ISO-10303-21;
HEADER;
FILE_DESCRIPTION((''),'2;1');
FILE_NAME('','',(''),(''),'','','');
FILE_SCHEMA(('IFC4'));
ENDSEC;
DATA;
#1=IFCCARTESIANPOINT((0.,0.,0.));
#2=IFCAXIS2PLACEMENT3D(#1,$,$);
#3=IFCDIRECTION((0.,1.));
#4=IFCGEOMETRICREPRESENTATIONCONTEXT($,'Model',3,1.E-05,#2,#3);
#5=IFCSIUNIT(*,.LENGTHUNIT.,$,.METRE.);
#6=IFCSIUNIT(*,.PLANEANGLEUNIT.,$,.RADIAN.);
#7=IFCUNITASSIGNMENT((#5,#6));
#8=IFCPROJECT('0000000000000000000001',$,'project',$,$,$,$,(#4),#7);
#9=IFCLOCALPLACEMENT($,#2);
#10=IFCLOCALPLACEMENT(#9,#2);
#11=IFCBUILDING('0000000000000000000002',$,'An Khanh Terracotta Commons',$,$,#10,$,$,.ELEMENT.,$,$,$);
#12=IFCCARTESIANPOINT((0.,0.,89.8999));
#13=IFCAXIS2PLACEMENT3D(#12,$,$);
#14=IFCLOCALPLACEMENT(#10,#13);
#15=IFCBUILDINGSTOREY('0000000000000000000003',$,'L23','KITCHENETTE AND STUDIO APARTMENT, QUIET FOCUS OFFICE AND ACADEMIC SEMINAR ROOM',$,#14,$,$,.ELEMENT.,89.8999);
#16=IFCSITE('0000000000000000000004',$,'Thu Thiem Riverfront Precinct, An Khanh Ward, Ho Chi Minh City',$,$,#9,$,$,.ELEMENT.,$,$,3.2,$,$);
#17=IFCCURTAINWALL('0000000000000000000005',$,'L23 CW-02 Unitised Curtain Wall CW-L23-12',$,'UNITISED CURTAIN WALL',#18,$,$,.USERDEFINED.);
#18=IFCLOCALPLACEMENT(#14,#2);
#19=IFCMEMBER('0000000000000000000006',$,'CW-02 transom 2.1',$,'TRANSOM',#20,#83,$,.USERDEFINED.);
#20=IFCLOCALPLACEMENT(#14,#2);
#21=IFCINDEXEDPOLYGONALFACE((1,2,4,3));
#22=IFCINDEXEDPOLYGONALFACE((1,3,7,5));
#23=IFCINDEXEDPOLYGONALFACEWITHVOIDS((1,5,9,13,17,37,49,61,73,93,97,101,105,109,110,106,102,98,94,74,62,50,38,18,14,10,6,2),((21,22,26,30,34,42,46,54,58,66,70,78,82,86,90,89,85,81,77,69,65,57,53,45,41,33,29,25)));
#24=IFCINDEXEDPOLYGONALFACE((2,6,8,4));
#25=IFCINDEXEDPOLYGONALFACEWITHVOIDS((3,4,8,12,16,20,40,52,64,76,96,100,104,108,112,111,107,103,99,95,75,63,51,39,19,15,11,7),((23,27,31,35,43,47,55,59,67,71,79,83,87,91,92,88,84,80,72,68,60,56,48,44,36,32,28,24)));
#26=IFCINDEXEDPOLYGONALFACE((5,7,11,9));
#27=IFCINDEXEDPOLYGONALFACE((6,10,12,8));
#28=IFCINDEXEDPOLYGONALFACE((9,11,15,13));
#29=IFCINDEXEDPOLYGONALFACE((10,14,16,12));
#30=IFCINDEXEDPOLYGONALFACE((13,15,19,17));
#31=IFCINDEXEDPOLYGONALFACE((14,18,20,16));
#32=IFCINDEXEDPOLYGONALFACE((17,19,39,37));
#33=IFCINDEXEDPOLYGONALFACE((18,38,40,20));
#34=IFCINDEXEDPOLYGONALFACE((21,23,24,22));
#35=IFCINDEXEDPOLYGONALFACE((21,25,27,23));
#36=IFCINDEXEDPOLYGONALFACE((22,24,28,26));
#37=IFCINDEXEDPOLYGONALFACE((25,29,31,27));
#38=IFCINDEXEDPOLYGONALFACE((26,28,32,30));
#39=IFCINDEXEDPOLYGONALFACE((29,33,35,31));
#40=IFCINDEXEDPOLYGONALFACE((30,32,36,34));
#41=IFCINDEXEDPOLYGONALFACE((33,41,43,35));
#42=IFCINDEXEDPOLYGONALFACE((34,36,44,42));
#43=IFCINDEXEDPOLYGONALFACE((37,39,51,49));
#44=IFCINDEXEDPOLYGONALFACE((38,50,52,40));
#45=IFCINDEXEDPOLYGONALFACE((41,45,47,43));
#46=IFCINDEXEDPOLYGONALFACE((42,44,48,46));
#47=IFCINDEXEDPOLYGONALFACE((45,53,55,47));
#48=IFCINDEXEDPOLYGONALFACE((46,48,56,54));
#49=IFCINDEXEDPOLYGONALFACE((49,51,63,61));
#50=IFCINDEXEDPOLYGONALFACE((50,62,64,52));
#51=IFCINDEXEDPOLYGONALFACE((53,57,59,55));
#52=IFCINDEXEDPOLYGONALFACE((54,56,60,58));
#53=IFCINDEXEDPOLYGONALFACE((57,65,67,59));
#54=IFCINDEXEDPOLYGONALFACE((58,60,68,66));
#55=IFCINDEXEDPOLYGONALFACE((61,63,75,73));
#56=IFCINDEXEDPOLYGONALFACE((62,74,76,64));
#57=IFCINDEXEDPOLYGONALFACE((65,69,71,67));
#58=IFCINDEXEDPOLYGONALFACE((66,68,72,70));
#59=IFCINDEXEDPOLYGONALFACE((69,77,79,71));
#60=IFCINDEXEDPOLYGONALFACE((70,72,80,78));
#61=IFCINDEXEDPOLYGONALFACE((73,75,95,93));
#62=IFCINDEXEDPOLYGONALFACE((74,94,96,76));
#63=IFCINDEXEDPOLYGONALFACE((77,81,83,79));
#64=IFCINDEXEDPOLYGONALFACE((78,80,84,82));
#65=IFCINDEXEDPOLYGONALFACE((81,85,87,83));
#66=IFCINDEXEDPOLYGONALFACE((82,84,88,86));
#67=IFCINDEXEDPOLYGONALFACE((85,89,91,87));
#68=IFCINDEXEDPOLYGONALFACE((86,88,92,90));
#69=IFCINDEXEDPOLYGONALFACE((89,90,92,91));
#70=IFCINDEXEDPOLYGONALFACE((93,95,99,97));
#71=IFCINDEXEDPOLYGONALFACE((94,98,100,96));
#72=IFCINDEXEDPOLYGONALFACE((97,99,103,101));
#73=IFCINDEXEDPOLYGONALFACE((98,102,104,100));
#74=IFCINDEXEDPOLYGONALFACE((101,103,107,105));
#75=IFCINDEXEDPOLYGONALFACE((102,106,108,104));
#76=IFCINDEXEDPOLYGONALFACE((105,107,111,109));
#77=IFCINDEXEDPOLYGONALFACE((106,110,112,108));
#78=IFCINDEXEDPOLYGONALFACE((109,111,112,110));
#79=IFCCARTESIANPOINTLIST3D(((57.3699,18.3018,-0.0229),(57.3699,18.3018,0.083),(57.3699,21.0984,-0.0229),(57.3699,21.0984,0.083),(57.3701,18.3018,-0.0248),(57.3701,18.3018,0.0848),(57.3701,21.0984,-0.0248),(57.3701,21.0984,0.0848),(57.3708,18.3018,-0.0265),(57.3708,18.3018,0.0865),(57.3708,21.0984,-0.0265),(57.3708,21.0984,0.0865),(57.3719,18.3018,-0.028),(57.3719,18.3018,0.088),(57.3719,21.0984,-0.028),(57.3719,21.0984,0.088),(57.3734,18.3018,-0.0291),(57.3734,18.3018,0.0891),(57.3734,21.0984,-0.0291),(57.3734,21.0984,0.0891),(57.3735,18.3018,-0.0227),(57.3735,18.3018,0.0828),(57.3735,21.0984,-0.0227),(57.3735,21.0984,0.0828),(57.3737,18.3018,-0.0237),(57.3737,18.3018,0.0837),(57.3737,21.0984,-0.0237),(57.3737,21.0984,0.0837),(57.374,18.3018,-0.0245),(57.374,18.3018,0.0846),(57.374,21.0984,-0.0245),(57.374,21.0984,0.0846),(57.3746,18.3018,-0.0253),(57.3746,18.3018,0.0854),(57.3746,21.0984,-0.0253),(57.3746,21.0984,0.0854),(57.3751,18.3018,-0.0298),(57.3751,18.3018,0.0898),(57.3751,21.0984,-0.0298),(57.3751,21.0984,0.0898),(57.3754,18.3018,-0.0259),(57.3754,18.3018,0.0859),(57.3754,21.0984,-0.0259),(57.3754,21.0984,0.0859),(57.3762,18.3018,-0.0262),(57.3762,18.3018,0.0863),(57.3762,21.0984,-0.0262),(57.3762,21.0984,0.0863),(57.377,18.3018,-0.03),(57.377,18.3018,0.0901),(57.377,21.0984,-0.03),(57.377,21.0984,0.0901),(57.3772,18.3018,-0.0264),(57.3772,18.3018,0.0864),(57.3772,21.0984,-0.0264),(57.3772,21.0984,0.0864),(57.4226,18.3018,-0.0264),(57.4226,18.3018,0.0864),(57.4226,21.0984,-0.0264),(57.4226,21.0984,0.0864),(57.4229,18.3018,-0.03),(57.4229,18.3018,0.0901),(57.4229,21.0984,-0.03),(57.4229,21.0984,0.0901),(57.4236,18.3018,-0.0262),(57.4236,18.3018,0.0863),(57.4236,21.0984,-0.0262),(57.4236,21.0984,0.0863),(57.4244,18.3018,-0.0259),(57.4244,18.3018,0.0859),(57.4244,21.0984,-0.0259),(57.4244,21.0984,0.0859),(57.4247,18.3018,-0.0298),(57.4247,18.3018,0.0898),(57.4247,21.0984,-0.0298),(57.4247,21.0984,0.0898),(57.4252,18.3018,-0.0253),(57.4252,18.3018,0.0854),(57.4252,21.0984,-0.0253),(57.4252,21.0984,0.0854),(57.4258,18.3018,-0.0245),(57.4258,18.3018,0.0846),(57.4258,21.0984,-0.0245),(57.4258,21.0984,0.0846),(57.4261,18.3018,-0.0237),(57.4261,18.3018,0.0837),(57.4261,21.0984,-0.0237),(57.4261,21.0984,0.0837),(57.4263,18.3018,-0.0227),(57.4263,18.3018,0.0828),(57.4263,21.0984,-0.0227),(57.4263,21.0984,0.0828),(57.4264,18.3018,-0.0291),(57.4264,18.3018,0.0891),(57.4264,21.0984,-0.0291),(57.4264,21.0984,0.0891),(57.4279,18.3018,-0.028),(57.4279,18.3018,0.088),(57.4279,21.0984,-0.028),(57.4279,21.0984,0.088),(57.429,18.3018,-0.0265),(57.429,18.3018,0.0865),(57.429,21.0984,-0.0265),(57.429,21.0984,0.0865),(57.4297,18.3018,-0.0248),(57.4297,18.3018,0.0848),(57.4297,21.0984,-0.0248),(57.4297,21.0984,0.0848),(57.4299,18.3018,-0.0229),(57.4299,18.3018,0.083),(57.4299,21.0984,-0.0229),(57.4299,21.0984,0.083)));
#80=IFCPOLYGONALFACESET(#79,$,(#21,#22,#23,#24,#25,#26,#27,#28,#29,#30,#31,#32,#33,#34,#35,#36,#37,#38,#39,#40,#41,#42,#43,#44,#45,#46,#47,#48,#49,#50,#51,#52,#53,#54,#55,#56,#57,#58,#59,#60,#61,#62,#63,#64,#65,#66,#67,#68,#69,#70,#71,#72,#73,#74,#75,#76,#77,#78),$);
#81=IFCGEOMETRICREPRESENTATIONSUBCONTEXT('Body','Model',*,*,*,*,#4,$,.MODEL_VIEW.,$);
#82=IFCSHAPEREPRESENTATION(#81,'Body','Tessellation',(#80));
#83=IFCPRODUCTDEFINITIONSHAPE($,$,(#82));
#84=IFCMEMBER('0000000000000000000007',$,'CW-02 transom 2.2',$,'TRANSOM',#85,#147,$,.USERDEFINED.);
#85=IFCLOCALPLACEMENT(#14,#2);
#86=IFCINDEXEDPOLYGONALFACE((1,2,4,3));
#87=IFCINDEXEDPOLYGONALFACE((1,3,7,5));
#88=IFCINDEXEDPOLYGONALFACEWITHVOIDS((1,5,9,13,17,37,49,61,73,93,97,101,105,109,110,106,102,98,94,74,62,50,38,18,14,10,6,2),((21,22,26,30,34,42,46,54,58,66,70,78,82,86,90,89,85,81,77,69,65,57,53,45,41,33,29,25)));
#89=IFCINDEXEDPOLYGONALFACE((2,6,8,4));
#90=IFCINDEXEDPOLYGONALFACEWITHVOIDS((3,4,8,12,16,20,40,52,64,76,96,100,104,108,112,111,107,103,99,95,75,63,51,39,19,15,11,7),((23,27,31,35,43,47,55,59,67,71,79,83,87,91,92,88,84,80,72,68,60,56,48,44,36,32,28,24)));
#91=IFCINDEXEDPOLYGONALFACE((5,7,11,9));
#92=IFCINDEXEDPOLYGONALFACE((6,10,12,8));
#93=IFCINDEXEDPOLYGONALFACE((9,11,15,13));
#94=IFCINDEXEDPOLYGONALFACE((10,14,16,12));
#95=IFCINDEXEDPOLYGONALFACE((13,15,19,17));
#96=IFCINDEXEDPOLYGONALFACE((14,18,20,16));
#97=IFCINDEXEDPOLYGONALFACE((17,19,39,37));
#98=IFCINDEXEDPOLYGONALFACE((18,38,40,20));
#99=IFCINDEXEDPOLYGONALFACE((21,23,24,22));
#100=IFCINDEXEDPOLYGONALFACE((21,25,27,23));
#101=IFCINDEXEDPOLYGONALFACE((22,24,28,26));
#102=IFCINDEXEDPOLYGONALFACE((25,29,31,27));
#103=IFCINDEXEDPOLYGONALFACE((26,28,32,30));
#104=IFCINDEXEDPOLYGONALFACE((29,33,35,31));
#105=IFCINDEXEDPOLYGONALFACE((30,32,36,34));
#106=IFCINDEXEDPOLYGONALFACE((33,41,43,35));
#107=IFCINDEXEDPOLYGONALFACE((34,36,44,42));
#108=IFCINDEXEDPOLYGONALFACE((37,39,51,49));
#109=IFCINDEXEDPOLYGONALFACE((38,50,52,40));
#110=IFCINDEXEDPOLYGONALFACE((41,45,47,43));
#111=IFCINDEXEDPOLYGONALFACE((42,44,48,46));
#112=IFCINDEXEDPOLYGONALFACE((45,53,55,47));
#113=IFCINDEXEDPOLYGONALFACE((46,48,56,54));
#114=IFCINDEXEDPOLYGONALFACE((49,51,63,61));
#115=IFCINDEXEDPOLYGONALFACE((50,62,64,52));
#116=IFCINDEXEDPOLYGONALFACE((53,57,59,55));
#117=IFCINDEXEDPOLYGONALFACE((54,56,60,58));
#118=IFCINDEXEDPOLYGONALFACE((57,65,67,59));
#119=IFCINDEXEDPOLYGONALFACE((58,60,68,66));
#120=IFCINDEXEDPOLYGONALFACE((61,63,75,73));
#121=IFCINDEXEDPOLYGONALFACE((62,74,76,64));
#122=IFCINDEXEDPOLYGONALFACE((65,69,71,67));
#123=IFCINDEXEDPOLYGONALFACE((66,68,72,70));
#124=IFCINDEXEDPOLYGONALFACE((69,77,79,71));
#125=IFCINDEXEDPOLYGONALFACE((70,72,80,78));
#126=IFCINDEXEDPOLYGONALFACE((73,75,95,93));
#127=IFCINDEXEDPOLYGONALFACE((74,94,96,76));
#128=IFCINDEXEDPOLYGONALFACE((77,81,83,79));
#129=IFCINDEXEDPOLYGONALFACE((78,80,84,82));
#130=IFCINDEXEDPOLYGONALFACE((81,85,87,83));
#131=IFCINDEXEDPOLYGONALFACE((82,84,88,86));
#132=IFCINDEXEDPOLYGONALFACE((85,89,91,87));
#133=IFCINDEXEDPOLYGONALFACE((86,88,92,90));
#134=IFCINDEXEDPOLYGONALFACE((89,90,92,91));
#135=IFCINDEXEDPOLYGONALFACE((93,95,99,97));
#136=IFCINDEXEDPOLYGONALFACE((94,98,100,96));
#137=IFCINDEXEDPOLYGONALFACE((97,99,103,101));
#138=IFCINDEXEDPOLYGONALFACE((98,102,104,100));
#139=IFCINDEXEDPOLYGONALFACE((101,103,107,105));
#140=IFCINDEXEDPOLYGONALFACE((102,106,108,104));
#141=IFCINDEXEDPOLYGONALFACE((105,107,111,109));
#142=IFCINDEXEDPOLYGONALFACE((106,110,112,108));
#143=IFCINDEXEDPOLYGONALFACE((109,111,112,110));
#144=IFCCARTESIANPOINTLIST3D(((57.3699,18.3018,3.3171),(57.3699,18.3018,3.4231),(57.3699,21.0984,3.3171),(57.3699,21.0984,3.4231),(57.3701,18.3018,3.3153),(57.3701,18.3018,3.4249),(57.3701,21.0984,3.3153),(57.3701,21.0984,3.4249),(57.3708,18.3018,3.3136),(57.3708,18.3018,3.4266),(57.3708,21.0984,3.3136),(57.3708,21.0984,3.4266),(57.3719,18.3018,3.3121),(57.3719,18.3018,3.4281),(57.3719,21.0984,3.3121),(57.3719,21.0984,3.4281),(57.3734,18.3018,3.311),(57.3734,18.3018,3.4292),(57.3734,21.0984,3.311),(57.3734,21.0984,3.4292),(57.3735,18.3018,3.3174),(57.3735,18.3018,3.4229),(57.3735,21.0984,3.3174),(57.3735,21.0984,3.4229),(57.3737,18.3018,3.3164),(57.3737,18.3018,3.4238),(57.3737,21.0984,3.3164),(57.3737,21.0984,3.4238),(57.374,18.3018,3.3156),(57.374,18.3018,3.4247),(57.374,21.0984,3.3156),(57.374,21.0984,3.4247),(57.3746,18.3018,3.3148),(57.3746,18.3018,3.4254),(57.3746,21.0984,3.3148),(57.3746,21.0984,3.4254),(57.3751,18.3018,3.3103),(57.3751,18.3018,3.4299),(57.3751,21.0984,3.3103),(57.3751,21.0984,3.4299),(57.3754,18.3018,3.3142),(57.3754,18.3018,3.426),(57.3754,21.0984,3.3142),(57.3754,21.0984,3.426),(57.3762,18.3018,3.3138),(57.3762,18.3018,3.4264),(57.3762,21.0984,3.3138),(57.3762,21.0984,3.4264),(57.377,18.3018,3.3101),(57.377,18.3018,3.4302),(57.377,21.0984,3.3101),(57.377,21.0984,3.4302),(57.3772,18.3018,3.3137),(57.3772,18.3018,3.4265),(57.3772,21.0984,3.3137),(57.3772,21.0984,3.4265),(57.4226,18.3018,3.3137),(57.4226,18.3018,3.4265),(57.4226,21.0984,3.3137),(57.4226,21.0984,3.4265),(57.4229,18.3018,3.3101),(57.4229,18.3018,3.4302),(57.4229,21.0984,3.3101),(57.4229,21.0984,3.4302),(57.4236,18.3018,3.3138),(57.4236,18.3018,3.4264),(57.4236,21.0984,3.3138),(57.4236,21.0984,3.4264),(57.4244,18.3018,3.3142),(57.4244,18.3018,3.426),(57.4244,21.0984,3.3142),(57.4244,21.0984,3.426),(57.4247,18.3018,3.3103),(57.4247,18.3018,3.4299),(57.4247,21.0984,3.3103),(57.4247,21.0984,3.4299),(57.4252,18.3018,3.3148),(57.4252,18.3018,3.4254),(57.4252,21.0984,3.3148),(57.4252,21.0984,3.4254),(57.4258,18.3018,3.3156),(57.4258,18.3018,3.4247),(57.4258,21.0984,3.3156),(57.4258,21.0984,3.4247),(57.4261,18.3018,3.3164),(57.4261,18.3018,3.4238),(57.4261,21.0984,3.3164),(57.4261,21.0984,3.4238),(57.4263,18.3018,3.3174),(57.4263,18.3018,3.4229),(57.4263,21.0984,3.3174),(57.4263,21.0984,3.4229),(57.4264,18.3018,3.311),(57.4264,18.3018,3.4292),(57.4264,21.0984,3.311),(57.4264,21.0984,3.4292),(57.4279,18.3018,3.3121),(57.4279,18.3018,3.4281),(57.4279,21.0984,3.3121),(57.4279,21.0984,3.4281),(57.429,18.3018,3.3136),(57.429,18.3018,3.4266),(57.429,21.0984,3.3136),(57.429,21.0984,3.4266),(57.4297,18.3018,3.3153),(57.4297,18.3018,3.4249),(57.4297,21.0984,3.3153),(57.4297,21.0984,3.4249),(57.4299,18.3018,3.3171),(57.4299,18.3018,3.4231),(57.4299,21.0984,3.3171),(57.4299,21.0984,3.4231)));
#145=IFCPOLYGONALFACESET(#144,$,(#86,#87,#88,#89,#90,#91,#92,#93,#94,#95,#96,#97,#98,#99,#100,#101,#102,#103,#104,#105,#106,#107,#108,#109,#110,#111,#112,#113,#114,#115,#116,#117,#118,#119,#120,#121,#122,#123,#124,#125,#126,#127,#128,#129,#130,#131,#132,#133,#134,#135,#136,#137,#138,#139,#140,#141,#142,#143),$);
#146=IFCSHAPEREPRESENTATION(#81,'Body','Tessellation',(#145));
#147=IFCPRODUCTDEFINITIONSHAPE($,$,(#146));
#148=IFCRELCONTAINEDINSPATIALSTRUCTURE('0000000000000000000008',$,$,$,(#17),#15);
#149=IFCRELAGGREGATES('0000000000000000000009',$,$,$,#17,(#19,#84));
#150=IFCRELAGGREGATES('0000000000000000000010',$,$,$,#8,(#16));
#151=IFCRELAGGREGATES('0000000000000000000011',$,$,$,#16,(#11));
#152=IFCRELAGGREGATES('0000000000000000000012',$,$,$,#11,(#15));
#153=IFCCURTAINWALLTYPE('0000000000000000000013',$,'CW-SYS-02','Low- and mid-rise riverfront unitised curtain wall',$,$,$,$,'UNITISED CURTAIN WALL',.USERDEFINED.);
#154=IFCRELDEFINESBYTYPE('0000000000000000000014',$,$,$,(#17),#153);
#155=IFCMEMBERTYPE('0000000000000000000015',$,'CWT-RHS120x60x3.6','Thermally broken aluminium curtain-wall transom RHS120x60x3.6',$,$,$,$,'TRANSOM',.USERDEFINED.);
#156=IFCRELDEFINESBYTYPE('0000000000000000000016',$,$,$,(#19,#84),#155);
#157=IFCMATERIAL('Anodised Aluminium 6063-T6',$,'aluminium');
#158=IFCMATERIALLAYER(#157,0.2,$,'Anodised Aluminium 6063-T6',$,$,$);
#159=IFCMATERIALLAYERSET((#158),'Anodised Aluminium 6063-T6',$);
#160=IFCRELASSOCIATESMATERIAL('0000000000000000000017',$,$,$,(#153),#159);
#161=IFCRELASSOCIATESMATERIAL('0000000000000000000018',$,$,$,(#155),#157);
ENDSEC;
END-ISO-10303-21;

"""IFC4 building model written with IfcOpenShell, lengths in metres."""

from ifc_helpers import new_model, si_unit, direction, frame, origin, origin_2d, place, context, subcontext, project, spatial, hollow_rectangle, extrude, material, layer, layer_set, material_profile, profile_set, type_object, element, aggregate, save


model = new_model("IFC4")

# Units and contexts
model_context = context("Model", 3, precision=1e-05, world=origin(), true_north=direction((0.0, 1.0)))
body_context = subcontext(model_context, "Body", "Model", "MODEL_VIEW")
ifc_project = project(units=[si_unit("LENGTHUNIT", "METRE"), si_unit("PLANEANGLEUNIT", "RADIAN")], contexts=[model_context])

# Site, building, storey
site_placement = place(None, origin())
site = spatial("IfcSite", under=ifc_project, at=site_placement, Name="Thu Thiem Riverfront Precinct, An Khanh Ward, Ho Chi Minh City", CompositionType="ELEMENT", RefElevation=3.2)
building_placement = place(site_placement, origin())
building = spatial("IfcBuilding", under=site, at=building_placement, Name="An Khanh Terracotta Commons", CompositionType="ELEMENT")
storey_placement = place(building_placement, frame((0.0, 0.0, 89.8999)))
storey = spatial("IfcBuildingStorey", under=building, at=storey_placement, Name="L23", Description="KITCHENETTE AND STUDIO APARTMENT, QUIET FOCUS OFFICE AND ACADEMIC SEMINAR ROOM", CompositionType="ELEMENT", Elevation=89.8999)

# Curtain wall
ifc_material_1 = material(Name="Anodised Aluminium 6063-T6", Category="aluminium")
ifc_layer_1 = layer(ifc_material_1, 0.2, Name="Anodised Aluminium 6063-T6")
ifc_layer_set_1 = layer_set([ifc_layer_1], Name="Anodised Aluminium 6063-T6")
curtain_wall_type = type_object("IfcCurtainWallType", Name="CW-SYS-02", Description="Low- and mid-rise riverfront unitised curtain wall", ElementType="UNITISED CURTAIN WALL", PredefinedType="USERDEFINED", material=ifc_layer_set_1)
curtain_wall_1_placement = place(storey_placement, origin())
curtain_wall_1 = element("IfcCurtainWall", 1, at=curtain_wall_1_placement, inside=storey, type_object=curtain_wall_type, Name="L23 CW-02 Unitised Curtain Wall CW-L23-12", ObjectType="UNITISED CURTAIN WALL", PredefinedType="USERDEFINED")

# Members
ifc_material_profile_1 = material_profile(ifc_material_1, hollow_rectangle(XDim=0.0601, YDim=0.1201, WallThickness=0.0037, InnerFilletRadius=0.0037, OuterFilletRadius=0.0071, at=origin_2d()), Name="RHS120x60x3.6")
ifc_profile_set_1 = profile_set([ifc_material_profile_1], Name="Anodised Aluminium 6063-T6")
member_type_1 = type_object("IfcMemberType", Name="CWT-RHS120x60x3.6", Description="Thermally broken aluminium curtain-wall transom RHS120x60x3.6", ElementType="TRANSOM", PredefinedType="USERDEFINED", material=ifc_profile_set_1)
member_1_placement = place(storey_placement, frame((57.3999, 18.3018, 0.03), z_axis=(0.0, 1.0, 0.0), x_axis=(-1.0, 0.0, 0.0)))
member_1 = element("IfcMember", 2, at=member_1_placement, type_object=member_type_1, Name="CW-02 transom 2.1", ObjectType="TRANSOM", PredefinedType="USERDEFINED", context=body_context, shape_type="SweptSolid", body=[
    extrude(hollow_rectangle(XDim=0.0601, YDim=0.1201, WallThickness=0.0037, InnerFilletRadius=0.0037, OuterFilletRadius=0.0071, at=origin_2d()), origin(), (0.0, 0.0, 1.0), 2.7966),
])
member_2_placement = place(storey_placement, frame((57.3999, 18.3018, 3.3701), z_axis=(0.0, 1.0, 0.0), x_axis=(-1.0, 0.0, 0.0)))
member_2 = element("IfcMember", 3, at=member_2_placement, type_object=member_type_1, Name="CW-02 transom 2.2", ObjectType="TRANSOM", PredefinedType="USERDEFINED", context=body_context, shape_type="SweptSolid", body=[
    extrude(hollow_rectangle(XDim=0.0601, YDim=0.1201, WallThickness=0.0037, InnerFilletRadius=0.0037, OuterFilletRadius=0.0071, at=origin_2d()), origin(), (0.0, 0.0, 1.0), 2.7966),
])

aggregate(curtain_wall_1, [member_1, member_2])

save(model, "model.ifc")
